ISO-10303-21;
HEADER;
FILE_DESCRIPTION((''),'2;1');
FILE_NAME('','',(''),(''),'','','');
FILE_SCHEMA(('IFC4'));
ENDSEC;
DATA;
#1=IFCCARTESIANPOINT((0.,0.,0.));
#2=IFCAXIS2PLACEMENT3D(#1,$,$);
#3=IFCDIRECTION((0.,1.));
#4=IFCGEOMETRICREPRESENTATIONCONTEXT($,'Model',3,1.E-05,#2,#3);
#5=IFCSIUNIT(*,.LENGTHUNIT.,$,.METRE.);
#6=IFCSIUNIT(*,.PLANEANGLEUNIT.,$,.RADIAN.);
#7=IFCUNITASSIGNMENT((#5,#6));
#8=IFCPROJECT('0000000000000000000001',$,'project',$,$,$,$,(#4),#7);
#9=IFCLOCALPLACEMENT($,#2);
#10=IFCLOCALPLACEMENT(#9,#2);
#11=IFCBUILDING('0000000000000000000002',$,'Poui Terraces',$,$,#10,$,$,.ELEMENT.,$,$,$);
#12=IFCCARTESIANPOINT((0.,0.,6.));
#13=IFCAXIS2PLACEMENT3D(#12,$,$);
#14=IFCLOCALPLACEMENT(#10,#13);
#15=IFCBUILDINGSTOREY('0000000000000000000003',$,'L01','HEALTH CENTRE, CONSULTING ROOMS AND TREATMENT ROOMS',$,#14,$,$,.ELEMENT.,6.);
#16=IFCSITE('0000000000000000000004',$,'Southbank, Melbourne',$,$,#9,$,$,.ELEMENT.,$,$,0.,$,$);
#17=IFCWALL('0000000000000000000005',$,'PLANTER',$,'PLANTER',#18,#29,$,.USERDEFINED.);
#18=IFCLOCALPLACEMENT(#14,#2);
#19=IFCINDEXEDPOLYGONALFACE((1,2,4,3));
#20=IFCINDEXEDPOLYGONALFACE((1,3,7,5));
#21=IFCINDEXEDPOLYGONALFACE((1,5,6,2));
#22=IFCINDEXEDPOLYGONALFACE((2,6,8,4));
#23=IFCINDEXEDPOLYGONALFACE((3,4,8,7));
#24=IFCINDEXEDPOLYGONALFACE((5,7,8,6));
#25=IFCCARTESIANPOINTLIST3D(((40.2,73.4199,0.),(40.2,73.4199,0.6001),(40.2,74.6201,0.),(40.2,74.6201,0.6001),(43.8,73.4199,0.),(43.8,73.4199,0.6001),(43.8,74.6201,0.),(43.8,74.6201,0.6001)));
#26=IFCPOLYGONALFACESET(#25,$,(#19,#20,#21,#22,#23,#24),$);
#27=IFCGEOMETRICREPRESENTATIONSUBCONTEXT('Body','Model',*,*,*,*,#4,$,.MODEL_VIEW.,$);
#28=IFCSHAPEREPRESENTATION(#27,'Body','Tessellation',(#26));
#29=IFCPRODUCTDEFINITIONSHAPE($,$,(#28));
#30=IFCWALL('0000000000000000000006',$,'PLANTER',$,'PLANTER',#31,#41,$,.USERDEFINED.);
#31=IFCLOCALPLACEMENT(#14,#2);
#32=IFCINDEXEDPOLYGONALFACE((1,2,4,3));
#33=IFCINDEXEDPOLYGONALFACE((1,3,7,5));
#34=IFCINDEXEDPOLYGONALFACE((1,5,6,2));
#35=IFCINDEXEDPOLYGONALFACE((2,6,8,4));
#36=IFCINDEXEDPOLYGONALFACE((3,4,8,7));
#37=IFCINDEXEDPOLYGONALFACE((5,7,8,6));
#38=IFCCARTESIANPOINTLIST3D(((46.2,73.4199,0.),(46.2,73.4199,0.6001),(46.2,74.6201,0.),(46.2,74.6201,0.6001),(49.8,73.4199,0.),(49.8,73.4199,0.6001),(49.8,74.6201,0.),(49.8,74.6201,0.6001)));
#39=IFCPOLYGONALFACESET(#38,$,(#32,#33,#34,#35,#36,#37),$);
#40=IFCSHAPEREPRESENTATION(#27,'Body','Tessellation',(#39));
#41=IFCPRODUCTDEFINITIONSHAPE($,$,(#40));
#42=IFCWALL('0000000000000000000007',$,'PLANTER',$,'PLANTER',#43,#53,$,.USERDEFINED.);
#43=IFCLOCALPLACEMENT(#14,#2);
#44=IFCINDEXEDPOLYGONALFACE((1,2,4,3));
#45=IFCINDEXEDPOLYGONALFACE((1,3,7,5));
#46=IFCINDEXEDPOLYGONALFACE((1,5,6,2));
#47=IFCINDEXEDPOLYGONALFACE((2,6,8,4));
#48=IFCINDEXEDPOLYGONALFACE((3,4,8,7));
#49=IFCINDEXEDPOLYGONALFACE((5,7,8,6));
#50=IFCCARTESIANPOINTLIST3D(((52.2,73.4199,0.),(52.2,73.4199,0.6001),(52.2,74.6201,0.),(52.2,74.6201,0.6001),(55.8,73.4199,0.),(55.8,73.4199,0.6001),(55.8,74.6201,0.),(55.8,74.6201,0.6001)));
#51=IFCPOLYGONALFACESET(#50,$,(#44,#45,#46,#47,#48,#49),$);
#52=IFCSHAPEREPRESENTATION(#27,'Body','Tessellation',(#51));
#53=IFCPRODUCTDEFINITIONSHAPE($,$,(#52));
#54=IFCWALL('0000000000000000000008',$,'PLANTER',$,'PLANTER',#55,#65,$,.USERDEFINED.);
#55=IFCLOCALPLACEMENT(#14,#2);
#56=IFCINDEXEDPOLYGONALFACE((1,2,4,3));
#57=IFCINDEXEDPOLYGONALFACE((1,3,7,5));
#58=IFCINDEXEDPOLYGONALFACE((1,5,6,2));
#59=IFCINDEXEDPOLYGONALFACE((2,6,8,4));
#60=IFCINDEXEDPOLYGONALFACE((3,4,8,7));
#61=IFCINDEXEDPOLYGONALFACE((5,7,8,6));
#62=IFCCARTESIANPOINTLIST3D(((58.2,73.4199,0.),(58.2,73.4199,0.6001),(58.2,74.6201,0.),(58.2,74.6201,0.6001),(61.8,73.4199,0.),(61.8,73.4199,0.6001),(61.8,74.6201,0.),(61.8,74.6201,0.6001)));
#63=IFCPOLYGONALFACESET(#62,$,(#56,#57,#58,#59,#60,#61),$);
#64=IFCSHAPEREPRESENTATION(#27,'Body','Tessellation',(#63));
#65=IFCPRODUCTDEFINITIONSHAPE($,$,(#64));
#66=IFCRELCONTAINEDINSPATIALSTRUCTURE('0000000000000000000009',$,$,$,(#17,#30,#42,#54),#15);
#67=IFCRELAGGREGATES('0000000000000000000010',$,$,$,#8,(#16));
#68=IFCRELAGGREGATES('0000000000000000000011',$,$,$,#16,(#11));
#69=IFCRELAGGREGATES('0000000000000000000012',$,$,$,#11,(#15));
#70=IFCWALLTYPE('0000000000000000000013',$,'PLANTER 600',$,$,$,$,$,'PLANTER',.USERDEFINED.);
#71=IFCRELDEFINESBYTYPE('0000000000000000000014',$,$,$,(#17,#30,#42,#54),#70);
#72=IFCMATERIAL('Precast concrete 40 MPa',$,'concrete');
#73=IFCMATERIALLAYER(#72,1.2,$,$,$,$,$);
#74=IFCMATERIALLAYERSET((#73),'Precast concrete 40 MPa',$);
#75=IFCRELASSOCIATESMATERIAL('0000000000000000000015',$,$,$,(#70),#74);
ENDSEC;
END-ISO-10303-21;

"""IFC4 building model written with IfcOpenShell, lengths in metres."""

from ifc_helpers import new_model, si_unit, direction, frame, origin, place, context, subcontext, project, spatial, polyline, outline, extrude, source, transform, mapped, material, layer, layer_set, type_object, element, save


model = new_model("IFC4")

# Units and contexts
model_context = context("Model", 3, precision=1e-05, world=origin(), true_north=direction((0.0, 1.0)))
body_context = subcontext(model_context, "Body", "Model", "MODEL_VIEW")
ifc_project = project(units=[si_unit("LENGTHUNIT", "METRE"), si_unit("PLANEANGLEUNIT", "RADIAN")], contexts=[model_context])

# Site, building, storey
site_placement = place(None, origin())
site = spatial("IfcSite", under=ifc_project, at=site_placement, Name="Southbank, Melbourne", CompositionType="ELEMENT", RefElevation=0.0)
building_placement = place(site_placement, origin())
building = spatial("IfcBuilding", under=site, at=building_placement, Name="Poui Terraces", CompositionType="ELEMENT")
storey_placement = place(building_placement, frame((0.0, 0.0, 6.0)))
storey = spatial("IfcBuildingStorey", under=building, at=storey_placement, Name="L01", Description="HEALTH CENTRE, CONSULTING ROOMS AND TREATMENT ROOMS", CompositionType="ELEMENT", Elevation=6.0)

# Walls
ifc_material_1 = material(Name="Precast concrete 40 MPa", Category="concrete")
ifc_layer_1 = layer(ifc_material_1, 1.2)
ifc_layer_set_1 = layer_set([ifc_layer_1], Name="Precast concrete 40 MPa")
wall_type = type_object("IfcWallType", Name="PLANTER 600", ElementType="PLANTER", PredefinedType="USERDEFINED", material=ifc_layer_set_1)
shared_shape = source(origin(), body_context, "Body", "SweptSolid", [
    extrude(outline(polyline([(0.0, 0.0), (3.6001, 0.0), (3.6001, 1.2002), (0.0, 1.2002), (0.0, 0.0)])), origin(), (0.0, 0.0, 1.0), 0.6001),
])
for number, where, name in (
    (1, (40.2, 73.4199, 0.0), "PLANTER"),
    (2, (46.2, 73.4199, 0.0), "PLANTER"),
    (3, (52.2, 73.4199, 0.0), "PLANTER"),
    (4, (58.2, 73.4199, 0.0), "PLANTER"),
):
    element("IfcWall", number, at=place(storey_placement, frame(where)), inside=storey, type_object=wall_type, Name=name, ObjectType="PLANTER", PredefinedType="USERDEFINED", context=body_context, shape_type="MappedRepresentation", body=[
        mapped(shared_shape, transform((0.0, 0.0, 0.0))),
    ])

save(model, "model.ifc")
